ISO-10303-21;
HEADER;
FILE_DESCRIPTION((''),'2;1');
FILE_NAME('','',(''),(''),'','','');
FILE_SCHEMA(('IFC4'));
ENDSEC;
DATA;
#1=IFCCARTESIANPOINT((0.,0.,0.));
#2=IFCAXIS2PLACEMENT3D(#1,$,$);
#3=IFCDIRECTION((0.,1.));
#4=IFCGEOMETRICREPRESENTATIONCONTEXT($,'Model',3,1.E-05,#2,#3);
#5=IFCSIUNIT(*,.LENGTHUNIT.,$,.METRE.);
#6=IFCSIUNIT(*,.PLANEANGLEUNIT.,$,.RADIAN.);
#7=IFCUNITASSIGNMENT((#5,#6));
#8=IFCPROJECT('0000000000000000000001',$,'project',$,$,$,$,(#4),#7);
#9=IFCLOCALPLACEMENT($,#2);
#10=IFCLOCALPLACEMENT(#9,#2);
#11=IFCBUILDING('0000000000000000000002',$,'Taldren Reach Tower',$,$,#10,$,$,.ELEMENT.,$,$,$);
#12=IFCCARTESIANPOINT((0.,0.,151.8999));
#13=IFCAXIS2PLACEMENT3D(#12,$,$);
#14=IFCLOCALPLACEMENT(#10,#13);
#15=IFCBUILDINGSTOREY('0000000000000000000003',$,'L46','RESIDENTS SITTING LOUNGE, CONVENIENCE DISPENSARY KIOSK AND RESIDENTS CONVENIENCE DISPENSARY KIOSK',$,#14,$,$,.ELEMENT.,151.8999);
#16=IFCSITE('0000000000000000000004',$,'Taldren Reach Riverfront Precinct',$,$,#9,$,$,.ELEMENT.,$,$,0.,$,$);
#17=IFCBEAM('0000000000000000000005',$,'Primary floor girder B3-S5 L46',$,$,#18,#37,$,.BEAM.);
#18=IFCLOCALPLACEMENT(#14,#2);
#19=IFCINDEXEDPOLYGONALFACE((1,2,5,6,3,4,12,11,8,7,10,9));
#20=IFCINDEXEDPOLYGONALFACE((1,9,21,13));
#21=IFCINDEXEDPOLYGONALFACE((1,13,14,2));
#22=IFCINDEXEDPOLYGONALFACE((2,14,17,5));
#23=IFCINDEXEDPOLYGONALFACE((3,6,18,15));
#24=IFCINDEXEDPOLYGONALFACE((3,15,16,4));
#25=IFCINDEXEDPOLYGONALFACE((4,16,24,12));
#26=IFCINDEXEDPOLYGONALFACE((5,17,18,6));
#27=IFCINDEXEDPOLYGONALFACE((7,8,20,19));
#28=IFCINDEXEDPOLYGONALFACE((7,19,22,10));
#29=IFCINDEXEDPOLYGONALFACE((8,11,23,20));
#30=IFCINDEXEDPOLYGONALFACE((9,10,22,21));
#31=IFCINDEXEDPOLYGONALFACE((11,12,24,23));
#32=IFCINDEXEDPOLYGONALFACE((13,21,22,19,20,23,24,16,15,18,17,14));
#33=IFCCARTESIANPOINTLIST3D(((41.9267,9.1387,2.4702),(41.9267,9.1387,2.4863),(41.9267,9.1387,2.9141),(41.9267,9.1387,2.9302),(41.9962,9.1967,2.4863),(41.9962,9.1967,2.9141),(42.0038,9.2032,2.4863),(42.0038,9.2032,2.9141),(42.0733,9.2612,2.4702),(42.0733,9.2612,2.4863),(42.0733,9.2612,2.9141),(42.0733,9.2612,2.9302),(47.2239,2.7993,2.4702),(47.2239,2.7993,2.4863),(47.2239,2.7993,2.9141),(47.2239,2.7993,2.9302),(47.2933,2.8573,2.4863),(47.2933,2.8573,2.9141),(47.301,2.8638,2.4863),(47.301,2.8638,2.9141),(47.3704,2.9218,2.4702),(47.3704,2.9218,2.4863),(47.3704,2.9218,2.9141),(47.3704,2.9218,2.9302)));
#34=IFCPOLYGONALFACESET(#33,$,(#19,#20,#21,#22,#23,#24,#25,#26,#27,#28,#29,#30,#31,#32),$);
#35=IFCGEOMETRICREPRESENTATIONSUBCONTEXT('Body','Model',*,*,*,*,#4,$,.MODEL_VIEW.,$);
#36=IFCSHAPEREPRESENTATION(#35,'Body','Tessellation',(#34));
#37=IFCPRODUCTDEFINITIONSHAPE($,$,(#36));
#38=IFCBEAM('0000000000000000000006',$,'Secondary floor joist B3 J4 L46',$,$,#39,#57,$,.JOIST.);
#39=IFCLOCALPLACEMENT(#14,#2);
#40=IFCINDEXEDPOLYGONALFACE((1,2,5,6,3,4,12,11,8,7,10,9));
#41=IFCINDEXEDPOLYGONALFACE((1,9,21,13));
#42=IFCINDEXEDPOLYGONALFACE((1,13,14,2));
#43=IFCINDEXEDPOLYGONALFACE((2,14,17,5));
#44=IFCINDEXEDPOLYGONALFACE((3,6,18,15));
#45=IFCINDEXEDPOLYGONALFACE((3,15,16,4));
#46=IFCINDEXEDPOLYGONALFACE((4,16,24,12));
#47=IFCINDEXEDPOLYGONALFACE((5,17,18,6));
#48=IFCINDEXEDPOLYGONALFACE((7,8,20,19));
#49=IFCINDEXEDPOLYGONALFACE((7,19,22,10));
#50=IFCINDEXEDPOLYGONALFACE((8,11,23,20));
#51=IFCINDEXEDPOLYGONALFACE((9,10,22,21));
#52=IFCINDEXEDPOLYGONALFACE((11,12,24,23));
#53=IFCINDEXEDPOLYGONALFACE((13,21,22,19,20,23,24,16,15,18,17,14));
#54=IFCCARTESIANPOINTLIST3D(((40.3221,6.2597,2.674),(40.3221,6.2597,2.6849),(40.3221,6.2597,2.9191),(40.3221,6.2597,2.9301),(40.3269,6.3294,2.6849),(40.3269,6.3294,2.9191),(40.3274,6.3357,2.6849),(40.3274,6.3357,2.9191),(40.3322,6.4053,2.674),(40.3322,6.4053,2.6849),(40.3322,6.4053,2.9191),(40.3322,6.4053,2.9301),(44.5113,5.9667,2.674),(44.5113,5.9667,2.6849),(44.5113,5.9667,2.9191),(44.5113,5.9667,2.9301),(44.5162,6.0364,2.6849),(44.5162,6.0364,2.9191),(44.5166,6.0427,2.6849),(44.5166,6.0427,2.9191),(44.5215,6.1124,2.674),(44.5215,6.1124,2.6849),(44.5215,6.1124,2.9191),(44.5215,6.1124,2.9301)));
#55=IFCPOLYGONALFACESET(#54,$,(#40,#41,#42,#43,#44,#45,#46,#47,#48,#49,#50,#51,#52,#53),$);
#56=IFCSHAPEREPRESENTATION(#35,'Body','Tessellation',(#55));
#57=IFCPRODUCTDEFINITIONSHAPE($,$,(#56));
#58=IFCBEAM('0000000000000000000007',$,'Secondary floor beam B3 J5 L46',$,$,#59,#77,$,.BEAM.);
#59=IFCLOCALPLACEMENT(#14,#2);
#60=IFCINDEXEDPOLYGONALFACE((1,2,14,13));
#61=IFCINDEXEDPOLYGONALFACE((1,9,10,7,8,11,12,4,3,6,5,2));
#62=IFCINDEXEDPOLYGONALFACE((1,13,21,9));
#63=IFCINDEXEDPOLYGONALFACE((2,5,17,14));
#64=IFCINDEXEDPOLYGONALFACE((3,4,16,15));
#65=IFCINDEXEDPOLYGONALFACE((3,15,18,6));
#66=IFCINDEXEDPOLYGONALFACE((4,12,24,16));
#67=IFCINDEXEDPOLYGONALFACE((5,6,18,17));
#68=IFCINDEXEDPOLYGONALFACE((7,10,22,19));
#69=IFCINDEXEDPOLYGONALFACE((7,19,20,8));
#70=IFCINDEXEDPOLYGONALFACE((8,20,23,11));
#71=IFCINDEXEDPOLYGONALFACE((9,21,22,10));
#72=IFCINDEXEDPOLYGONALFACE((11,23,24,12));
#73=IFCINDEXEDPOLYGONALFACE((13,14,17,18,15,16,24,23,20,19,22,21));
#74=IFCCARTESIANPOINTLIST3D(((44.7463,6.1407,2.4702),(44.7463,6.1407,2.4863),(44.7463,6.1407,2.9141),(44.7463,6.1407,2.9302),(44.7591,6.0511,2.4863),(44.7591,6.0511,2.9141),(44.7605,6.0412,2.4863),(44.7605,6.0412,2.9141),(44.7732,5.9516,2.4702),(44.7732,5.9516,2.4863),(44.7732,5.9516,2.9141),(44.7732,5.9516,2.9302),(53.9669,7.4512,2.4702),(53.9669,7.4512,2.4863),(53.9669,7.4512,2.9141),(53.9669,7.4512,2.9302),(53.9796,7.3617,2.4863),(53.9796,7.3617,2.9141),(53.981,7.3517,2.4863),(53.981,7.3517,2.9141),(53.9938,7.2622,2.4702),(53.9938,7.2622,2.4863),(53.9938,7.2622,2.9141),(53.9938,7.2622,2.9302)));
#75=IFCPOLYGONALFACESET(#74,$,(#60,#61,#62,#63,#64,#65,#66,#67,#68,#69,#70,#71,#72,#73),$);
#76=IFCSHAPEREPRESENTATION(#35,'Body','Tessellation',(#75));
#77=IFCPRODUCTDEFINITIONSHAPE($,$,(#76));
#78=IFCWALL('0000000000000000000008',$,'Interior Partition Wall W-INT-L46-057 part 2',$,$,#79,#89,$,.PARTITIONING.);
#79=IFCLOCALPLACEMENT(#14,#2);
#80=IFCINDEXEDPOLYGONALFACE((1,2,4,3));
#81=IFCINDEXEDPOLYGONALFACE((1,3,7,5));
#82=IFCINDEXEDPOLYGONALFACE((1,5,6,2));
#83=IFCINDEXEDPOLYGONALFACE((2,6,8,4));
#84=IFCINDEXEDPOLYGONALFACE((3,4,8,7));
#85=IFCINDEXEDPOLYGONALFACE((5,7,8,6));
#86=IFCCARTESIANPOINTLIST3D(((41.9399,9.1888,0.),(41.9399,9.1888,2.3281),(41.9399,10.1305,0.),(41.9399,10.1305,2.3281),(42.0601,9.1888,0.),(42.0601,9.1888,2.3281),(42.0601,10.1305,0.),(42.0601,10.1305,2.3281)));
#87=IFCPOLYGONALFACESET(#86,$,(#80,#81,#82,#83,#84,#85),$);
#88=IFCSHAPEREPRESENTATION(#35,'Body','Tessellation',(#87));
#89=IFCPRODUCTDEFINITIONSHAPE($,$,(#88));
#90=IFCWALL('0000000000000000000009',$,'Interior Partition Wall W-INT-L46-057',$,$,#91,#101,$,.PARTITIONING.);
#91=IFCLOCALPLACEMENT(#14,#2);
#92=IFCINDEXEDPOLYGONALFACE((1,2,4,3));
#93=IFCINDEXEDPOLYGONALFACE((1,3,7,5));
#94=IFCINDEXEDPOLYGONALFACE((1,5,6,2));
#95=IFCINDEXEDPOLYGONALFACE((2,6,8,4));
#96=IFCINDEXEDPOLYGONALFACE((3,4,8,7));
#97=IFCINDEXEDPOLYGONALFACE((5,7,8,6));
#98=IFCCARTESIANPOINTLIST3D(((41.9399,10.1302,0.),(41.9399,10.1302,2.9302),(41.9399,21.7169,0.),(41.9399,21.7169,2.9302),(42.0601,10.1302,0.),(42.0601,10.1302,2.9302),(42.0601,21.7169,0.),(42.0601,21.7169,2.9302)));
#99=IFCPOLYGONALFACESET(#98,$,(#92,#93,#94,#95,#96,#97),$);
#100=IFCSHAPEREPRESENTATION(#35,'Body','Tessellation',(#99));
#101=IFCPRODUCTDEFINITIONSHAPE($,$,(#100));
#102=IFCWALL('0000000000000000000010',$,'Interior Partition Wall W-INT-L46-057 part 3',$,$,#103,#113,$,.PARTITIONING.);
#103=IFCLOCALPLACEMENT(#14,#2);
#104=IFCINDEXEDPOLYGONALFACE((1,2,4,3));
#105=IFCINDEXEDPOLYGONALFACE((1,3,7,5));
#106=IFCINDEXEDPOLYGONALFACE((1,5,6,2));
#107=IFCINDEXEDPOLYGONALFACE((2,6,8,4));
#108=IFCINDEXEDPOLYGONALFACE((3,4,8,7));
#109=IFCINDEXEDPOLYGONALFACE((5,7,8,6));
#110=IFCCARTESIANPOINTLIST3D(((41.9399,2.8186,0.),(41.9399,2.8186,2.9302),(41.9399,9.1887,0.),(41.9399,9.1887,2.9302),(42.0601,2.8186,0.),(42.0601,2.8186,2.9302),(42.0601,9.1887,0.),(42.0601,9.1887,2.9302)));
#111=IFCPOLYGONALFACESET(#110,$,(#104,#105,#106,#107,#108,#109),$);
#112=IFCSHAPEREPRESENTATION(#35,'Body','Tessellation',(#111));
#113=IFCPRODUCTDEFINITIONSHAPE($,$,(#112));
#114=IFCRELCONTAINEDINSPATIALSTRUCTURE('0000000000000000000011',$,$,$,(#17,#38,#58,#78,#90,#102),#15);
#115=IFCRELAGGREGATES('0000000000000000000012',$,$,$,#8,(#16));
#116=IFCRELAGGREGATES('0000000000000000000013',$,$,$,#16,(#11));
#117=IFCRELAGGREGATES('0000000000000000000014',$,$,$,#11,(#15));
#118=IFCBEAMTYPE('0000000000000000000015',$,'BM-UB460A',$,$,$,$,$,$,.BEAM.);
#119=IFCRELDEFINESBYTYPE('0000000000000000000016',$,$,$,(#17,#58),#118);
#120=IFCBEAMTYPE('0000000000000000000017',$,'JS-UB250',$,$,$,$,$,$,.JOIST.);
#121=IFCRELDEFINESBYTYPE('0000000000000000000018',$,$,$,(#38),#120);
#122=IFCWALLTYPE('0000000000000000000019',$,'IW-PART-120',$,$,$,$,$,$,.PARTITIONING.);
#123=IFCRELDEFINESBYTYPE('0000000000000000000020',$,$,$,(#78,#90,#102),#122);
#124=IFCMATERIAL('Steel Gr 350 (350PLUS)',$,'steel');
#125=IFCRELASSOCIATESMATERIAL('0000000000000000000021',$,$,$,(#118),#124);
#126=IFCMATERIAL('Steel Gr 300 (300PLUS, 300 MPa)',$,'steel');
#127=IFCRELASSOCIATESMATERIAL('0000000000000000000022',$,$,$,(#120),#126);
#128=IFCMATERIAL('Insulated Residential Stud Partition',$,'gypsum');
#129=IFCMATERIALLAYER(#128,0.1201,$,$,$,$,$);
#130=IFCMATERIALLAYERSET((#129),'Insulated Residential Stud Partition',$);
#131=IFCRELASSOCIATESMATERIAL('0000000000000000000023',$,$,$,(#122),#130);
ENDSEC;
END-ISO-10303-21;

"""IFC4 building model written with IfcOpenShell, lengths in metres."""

from ifc_helpers import new_model, si_unit, direction, frame, frame_2d, origin, origin_2d, place, context, subcontext, project, spatial, rectangle, i_section, extrude, source, transform, mapped, material, layer, layer_set, material_profile, profile_set, type_object, element, save


model = new_model("IFC4")

# Units and contexts
model_context = context("Model", 3, precision=1e-05, world=origin(), true_north=direction((0.0, 1.0)))
body_context = subcontext(model_context, "Body", "Model", "MODEL_VIEW")
ifc_project = project(units=[si_unit("LENGTHUNIT", "METRE"), si_unit("PLANEANGLEUNIT", "RADIAN")], contexts=[model_context])

# Site, building, storey
site_placement = place(None, origin())
site = spatial("IfcSite", under=ifc_project, at=site_placement, Name="Taldren Reach Riverfront Precinct", CompositionType="ELEMENT", RefElevation=0.0)
building_placement = place(site_placement, origin())
building = spatial("IfcBuilding", under=site, at=building_placement, Name="Taldren Reach Tower", CompositionType="ELEMENT")
storey_placement = place(building_placement, frame((0.0, 0.0, 151.8999)))
storey = spatial("IfcBuildingStorey", under=building, at=storey_placement, Name="L46", Description="RESIDENTS SITTING LOUNGE, CONVENIENCE DISPENSARY KIOSK AND RESIDENTS CONVENIENCE DISPENSARY KIOSK", CompositionType="ELEMENT", Elevation=151.8999)

# Shared definitions
ifc_material_1 = material(Name="Steel Gr 350 (350PLUS)", Category="steel")

# Beams
ifc_material_profile_1 = material_profile(ifc_material_1, i_section(OverallWidth=0.1909, OverallDepth=0.46, WebThickness=0.01, FlangeThickness=0.0161, at=origin_2d()), Name="460UB82.1")
ifc_profile_set_1 = profile_set([ifc_material_profile_1], Name="Steel Gr 350 (350PLUS)")
beam_type_1 = type_object("IfcBeamType", Name="BM-UB460A", PredefinedType="BEAM", material=ifc_profile_set_1)
shared_shape_1 = source(origin(), body_context, "Body", "SweptSolid", [
    extrude(i_section(OverallWidth=0.1909, OverallDepth=0.46, WebThickness=0.01, FlangeThickness=0.0161, at=origin_2d()), origin(), (0.0, 0.0, 1.0), 8.2612),
])
beam_1_placement = place(storey_placement, frame((42.0, 9.2, 2.7002), z_axis=(0.641207, -0.767368, 0.0), x_axis=(0.767368, 0.641207, 0.0)))
element("IfcBeam", 1, at=beam_1_placement, inside=storey, type_object=beam_type_1, Name="Primary floor girder B3-S5 L46", PredefinedType="BEAM", context=body_context, shape_type="MappedRepresentation", body=[
    mapped(shared_shape_1, transform((0.0, 0.0, 0.0), scale=1.0)),
])
ifc_material_2 = material(Name="Steel Gr 300 (300PLUS, 300 MPa)", Category="steel")
ifc_material_profile_2 = material_profile(ifc_material_2, i_section(OverallWidth=0.146, OverallDepth=0.2561, WebThickness=0.0063, FlangeThickness=0.011, at=origin_2d()), Name="250UB37.3")
ifc_profile_set_2 = profile_set([ifc_material_profile_2], Name="Steel Gr 300 (300PLUS, 300 MPa)")
beam_type_2 = type_object("IfcBeamType", Name="JS-UB250", PredefinedType="JOIST", material=ifc_profile_set_2)
shared_shape_2 = source(origin(), body_context, "Body", "SweptSolid", [
    extrude(i_section(OverallWidth=0.146, OverallDepth=0.2561, WebThickness=0.0063, FlangeThickness=0.011, at=origin_2d()), origin(), (0.0, 0.0, 1.0), 4.1995),
])
beam_2_placement = place(storey_placement, frame((40.3271, 6.3325, 2.802), z_axis=(0.997564, -0.069764, 0.0), x_axis=(0.069764, 0.997564, 0.0)))
element("IfcBeam", 2, at=beam_2_placement, inside=storey, type_object=beam_type_2, Name="Secondary floor joist B3 J4 L46", PredefinedType="JOIST", context=body_context, shape_type="MappedRepresentation", body=[
    mapped(shared_shape_2, transform((0.0, 0.0, 0.0), scale=1.0)),
])
shared_shape_3 = source(origin(), body_context, "Body", "SweptSolid", [
    extrude(i_section(OverallWidth=0.1909, OverallDepth=0.46, WebThickness=0.01, FlangeThickness=0.0161, at=origin_2d()), origin(), (0.0, 0.0, 1.0), 9.3132),
])
beam_3_placement = place(storey_placement, frame((44.7598, 6.0461, 2.7002), z_axis=(0.990049, 0.14072, 0.0), x_axis=(-0.14072, 0.990049, 0.0)))
element("IfcBeam", 3, at=beam_3_placement, inside=storey, type_object=beam_type_1, Name="Secondary floor beam B3 J5 L46", PredefinedType="BEAM", context=body_context, shape_type="MappedRepresentation", body=[
    mapped(shared_shape_3, transform((0.0, 0.0, 0.0), scale=1.0)),
])

# Walls
ifc_material_3 = material(Name="Insulated Residential Stud Partition", Category="gypsum")
ifc_layer = layer(ifc_material_3, 0.1201)
ifc_layer_set = layer_set([ifc_layer], Name="Insulated Residential Stud Partition")
wall_type = type_object("IfcWallType", Name="IW-PART-120", PredefinedType="PARTITIONING", material=ifc_layer_set)
shared_shape_4 = source(origin(), body_context, "Body", "SweptSolid", [
    extrude(rectangle(XDim=0.9417, YDim=0.1201, at=frame_2d((0.4707, 0.0))), origin(), (0.0, 0.0, 1.0), 2.3281),
])
wall_1_placement = place(storey_placement, frame((42.0, 10.1304, 0.0), z_axis=(0.0, 0.0, 1.0), x_axis=(0.0, -1.0, 0.0)))
element("IfcWall", 4, at=wall_1_placement, inside=storey, type_object=wall_type, Name="Interior Partition Wall W-INT-L46-057 part 2", PredefinedType="PARTITIONING", context=body_context, shape_type="MappedRepresentation", body=[
    mapped(shared_shape_4, transform((0.0, 0.0, 0.0), scale=1.0)),
])
shared_shape_5 = source(origin(), body_context, "Body", "SweptSolid", [
    extrude(rectangle(XDim=11.5867, YDim=0.1201, at=frame_2d((5.7935, 0.0))), origin(), (0.0, 0.0, 1.0), 2.9302),
])
wall_2_placement = place(storey_placement, frame((42.0, 21.717, 0.0), z_axis=(0.0, 0.0, 1.0), x_axis=(0.0, -1.0, 0.0)))
element("IfcWall", 5, at=wall_2_placement, inside=storey, type_object=wall_type, Name="Interior Partition Wall W-INT-L46-057", PredefinedType="PARTITIONING", context=body_context, shape_type="MappedRepresentation", body=[
    mapped(shared_shape_5, transform((0.0, 0.0, 0.0), scale=1.0)),
])
shared_shape_6 = source(origin(), body_context, "Body", "SweptSolid", [
    extrude(rectangle(XDim=6.3701, YDim=0.1201, at=frame_2d((3.1851, 0.0))), origin(), (0.0, 0.0, 1.0), 2.9302),
])
wall_3_placement = place(storey_placement, frame((42.0, 9.1887, 0.0), z_axis=(0.0, 0.0, 1.0), x_axis=(0.0, -1.0, 0.0)))
element("IfcWall", 6, at=wall_3_placement, inside=storey, type_object=wall_type, Name="Interior Partition Wall W-INT-L46-057 part 3", PredefinedType="PARTITIONING", context=body_context, shape_type="MappedRepresentation", body=[
    mapped(shared_shape_6, transform((0.0, 0.0, 0.0), scale=1.0)),
])

save(model, "model.ifc")
